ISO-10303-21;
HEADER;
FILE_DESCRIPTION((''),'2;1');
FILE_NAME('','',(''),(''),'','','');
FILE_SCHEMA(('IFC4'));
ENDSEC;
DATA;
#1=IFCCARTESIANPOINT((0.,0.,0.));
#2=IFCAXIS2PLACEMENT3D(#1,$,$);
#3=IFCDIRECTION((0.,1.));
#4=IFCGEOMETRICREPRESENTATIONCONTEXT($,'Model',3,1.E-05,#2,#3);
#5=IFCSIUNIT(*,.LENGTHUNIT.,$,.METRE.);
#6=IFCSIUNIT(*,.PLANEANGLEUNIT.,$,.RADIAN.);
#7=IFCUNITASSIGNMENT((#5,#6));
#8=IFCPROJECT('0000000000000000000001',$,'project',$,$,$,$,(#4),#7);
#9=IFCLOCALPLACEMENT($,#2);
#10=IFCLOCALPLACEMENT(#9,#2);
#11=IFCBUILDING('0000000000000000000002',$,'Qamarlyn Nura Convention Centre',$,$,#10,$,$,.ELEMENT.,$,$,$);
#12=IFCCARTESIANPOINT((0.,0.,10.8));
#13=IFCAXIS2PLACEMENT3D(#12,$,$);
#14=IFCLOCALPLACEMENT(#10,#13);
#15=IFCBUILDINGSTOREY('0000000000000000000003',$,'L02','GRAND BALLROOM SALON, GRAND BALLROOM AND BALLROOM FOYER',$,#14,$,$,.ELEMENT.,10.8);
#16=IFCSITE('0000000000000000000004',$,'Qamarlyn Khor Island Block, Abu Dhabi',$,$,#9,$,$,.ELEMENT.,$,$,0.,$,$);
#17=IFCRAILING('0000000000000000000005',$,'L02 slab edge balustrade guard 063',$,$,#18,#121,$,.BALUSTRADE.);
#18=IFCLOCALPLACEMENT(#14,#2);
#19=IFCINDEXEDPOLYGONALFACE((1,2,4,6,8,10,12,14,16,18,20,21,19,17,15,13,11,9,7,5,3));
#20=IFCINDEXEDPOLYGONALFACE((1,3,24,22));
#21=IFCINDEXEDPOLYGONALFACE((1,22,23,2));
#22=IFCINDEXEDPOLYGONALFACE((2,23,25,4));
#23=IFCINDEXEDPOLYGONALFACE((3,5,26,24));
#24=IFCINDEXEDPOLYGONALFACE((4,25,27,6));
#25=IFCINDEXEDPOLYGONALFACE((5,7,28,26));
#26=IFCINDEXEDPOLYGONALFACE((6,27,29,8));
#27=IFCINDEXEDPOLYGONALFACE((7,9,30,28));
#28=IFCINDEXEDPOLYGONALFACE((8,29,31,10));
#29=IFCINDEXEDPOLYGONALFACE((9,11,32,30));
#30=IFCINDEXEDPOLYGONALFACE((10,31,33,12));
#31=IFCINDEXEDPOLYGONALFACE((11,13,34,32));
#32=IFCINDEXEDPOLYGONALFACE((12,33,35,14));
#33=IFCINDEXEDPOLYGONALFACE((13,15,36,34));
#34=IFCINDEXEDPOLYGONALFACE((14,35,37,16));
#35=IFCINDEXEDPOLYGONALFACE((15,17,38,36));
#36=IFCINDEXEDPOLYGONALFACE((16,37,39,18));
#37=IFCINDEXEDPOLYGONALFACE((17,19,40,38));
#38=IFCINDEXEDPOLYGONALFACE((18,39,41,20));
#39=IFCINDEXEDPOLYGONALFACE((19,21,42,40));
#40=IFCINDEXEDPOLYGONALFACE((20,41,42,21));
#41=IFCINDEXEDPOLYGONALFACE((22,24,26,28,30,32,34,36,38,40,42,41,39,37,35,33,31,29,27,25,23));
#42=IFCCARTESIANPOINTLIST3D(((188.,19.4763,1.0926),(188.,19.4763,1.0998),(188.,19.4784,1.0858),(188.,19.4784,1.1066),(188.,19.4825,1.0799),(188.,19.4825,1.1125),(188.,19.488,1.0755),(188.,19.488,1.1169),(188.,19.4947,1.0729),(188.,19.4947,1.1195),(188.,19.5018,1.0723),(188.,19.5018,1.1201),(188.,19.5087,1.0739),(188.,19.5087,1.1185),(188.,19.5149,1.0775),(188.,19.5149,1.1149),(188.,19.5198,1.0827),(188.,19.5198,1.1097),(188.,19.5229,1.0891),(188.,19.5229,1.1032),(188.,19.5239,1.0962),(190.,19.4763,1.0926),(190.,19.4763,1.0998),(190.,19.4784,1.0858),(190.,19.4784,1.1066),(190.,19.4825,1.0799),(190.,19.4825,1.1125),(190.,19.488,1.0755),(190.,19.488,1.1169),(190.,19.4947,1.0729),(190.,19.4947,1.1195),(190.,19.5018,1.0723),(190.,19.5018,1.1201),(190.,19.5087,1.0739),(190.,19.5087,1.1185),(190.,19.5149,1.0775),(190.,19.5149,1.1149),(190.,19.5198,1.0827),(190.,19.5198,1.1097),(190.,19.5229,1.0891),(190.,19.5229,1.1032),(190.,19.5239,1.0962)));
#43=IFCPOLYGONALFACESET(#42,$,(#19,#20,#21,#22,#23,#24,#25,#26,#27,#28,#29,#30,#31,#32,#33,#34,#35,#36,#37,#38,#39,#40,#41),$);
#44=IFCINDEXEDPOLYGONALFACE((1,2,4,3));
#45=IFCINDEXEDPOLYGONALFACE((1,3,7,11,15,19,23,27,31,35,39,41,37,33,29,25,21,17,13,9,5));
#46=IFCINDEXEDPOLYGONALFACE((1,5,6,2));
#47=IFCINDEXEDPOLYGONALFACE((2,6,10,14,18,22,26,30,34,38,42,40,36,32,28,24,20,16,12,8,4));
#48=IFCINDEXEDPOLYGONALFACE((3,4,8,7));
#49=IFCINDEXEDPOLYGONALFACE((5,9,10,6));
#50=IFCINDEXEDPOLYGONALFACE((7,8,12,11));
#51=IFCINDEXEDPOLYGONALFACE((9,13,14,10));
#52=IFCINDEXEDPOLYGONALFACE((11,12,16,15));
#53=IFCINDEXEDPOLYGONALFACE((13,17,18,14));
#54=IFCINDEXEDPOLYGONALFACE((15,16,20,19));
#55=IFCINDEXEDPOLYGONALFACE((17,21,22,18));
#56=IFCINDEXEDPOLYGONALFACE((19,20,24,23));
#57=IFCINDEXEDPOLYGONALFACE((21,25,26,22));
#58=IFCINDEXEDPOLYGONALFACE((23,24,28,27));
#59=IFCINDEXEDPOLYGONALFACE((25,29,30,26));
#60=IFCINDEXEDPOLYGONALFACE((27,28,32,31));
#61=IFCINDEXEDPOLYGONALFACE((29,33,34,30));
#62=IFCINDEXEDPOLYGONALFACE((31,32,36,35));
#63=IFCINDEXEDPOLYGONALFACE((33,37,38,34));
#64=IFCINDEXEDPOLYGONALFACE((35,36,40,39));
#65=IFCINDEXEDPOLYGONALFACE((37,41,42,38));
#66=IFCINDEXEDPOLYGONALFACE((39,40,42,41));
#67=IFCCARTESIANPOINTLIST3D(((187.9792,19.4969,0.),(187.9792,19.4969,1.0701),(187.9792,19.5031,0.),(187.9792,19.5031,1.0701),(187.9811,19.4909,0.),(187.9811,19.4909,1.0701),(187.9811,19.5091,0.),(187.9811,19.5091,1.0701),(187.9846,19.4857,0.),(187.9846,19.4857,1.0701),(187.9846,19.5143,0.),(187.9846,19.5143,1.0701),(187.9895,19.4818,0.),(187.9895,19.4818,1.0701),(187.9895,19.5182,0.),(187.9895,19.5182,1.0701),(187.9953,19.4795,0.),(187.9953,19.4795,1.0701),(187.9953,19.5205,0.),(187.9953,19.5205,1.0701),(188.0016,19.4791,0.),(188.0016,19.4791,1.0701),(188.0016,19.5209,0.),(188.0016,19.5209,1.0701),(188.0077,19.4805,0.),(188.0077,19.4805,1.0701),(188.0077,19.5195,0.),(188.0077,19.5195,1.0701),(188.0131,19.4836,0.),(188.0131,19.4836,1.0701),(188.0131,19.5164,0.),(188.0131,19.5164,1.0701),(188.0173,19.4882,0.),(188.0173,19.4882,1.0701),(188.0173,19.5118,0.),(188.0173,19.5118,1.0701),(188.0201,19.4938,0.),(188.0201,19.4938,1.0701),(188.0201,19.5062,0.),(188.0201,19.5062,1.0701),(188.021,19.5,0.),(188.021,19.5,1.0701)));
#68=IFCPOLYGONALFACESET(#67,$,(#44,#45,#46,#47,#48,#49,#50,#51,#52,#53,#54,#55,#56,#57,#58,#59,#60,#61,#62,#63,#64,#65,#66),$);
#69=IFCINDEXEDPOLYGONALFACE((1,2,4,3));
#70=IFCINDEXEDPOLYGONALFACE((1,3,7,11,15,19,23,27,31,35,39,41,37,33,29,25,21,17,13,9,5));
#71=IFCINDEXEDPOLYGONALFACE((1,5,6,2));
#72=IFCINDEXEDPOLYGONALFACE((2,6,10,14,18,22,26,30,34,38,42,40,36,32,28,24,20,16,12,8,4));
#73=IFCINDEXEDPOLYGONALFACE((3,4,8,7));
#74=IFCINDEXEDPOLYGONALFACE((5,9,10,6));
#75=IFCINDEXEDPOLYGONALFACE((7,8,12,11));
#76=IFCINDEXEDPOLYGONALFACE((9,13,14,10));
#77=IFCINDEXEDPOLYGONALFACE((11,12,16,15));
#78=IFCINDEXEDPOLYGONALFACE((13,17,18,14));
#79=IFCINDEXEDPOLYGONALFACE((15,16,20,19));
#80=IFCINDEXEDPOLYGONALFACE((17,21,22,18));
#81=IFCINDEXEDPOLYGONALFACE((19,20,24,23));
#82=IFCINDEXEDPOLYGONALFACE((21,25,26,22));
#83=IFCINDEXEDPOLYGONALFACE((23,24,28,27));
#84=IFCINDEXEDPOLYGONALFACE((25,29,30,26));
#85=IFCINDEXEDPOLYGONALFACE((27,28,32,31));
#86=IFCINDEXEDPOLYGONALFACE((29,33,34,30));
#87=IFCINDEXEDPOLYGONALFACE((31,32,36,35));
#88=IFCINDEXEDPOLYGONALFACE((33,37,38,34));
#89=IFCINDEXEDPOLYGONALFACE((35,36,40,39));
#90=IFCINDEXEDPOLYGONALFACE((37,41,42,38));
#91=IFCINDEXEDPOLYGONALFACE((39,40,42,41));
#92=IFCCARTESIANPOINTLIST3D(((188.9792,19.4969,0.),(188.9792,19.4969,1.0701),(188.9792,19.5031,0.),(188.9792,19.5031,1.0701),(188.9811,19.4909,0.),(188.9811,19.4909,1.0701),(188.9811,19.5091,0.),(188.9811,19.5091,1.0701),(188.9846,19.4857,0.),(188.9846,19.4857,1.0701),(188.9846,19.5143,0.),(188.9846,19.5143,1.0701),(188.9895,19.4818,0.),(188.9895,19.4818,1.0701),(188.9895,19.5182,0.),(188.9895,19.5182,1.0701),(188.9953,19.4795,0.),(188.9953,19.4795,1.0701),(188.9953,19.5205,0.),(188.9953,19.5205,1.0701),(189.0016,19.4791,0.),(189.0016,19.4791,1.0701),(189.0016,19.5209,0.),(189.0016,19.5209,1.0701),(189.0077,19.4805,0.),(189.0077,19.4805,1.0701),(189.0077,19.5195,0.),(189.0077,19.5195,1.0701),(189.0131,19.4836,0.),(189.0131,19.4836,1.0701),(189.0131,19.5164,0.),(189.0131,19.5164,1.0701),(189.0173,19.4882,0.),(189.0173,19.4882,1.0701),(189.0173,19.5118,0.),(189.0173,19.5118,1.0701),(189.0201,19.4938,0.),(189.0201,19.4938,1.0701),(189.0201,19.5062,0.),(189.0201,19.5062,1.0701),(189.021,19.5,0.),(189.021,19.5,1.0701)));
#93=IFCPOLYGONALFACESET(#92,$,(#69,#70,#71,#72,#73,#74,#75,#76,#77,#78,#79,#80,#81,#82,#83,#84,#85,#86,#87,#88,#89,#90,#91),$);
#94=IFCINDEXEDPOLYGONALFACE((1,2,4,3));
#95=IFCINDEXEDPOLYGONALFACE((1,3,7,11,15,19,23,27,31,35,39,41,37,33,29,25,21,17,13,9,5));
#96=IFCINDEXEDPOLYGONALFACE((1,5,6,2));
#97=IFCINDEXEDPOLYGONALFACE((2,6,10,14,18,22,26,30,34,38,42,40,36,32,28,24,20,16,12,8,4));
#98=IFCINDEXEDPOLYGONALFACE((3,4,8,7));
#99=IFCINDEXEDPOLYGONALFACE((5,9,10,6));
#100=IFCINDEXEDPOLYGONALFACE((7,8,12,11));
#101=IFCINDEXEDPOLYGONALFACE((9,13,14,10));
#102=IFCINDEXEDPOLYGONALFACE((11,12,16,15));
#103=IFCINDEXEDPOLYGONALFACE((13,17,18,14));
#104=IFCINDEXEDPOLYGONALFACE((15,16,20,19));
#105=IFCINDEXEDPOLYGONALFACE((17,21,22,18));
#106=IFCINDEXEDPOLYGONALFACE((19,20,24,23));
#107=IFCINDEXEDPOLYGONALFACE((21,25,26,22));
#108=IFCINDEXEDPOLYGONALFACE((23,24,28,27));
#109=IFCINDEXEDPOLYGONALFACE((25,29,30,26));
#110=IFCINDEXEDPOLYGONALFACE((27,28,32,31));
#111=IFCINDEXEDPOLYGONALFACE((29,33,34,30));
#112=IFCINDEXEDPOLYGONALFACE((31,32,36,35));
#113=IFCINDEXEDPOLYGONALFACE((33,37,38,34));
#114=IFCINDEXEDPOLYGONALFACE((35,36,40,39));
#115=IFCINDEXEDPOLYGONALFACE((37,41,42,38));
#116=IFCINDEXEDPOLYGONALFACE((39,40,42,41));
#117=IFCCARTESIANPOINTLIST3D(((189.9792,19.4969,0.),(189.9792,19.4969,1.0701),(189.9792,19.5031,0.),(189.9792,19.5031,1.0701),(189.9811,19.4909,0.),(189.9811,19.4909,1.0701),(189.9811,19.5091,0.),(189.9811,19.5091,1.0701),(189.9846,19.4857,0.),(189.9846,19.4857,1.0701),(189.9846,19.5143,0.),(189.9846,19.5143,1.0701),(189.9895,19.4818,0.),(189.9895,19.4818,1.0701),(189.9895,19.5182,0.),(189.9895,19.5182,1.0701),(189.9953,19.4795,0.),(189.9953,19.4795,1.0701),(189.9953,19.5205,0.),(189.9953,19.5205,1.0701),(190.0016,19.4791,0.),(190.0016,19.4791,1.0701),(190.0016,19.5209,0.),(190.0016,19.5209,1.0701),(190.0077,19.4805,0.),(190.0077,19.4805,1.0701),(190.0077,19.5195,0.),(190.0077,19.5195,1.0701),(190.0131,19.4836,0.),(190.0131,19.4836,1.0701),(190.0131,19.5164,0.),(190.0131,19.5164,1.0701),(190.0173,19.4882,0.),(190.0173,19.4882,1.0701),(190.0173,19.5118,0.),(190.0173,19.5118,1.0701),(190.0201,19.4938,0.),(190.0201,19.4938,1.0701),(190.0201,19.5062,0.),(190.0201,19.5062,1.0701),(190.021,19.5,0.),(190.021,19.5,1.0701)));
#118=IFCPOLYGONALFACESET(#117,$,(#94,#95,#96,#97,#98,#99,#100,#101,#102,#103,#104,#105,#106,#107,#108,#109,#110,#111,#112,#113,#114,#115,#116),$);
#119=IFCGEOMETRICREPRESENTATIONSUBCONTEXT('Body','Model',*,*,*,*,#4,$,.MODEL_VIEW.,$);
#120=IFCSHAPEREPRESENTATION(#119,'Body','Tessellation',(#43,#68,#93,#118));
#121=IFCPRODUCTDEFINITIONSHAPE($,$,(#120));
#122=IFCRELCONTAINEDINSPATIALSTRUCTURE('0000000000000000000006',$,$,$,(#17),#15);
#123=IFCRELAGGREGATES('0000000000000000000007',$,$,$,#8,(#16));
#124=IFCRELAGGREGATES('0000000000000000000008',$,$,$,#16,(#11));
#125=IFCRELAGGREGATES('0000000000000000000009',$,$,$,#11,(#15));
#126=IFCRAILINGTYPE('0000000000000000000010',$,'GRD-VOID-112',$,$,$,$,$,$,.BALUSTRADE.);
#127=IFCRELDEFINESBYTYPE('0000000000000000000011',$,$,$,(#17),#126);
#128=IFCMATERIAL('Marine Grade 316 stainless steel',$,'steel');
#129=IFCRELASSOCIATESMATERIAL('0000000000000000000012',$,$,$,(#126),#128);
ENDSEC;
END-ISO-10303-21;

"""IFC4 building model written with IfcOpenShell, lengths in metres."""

from ifc_helpers import new_model, si_unit, direction, frame, origin, origin_2d, place, context, subcontext, project, spatial, circle, extrude, material, type_object, element, save


model = new_model("IFC4")

# Units and contexts
model_context = context("Model", 3, precision=1e-05, world=origin(), true_north=direction((0.0, 1.0)))
body_context = subcontext(model_context, "Body", "Model", "MODEL_VIEW")
ifc_project = project(units=[si_unit("LENGTHUNIT", "METRE"), si_unit("PLANEANGLEUNIT", "RADIAN")], contexts=[model_context])

# Site, building, storey
site_placement = place(None, origin())
site = spatial("IfcSite", under=ifc_project, at=site_placement, Name="Qamarlyn Khor Island Block, Abu Dhabi", CompositionType="ELEMENT", RefElevation=0.0)
building_placement = place(site_placement, origin())
building = spatial("IfcBuilding", under=site, at=building_placement, Name="Qamarlyn Nura Convention Centre", CompositionType="ELEMENT")
storey_placement = place(building_placement, frame((0.0, 0.0, 10.8)))
storey = spatial("IfcBuildingStorey", under=building, at=storey_placement, Name="L02", Description="GRAND BALLROOM SALON, GRAND BALLROOM AND BALLROOM FOYER", CompositionType="ELEMENT", Elevation=10.8)

# Railing
ifc_material_1 = material(Name="Marine Grade 316 stainless steel", Category="steel")
railing_type = type_object("IfcRailingType", Name="GRD-VOID-112", PredefinedType="BALUSTRADE", material=ifc_material_1)
railing_1_placement = place(storey_placement, frame((188.0, 19.5, 0.0)))
element("IfcRailing", 1, at=railing_1_placement, inside=storey, type_object=railing_type, Name="L02 slab edge balustrade guard 063", PredefinedType="BALUSTRADE", context=body_context, shape_type="SweptSolid", body=[
    extrude(circle(Radius=0.0239, at=origin_2d()), frame((0.0, 0.0, 1.0962), z_axis=(1.0, 0.0, 0.0), x_axis=(0.0, 1.0, 0.0)), (0.0, 0.0, 1.0), 2.0),
    extrude(circle(Radius=0.021, at=origin_2d()), origin(), (0.0, 0.0, 1.0), 1.0701),
    extrude(circle(Radius=0.021, at=origin_2d()), frame((1.0, 0.0, 0.0)), (0.0, 0.0, 1.0), 1.0701),
    extrude(circle(Radius=0.021, at=origin_2d()), frame((2.0, 0.0, 0.0)), (0.0, 0.0, 1.0), 1.0701),
])

save(model, "model.ifc")
